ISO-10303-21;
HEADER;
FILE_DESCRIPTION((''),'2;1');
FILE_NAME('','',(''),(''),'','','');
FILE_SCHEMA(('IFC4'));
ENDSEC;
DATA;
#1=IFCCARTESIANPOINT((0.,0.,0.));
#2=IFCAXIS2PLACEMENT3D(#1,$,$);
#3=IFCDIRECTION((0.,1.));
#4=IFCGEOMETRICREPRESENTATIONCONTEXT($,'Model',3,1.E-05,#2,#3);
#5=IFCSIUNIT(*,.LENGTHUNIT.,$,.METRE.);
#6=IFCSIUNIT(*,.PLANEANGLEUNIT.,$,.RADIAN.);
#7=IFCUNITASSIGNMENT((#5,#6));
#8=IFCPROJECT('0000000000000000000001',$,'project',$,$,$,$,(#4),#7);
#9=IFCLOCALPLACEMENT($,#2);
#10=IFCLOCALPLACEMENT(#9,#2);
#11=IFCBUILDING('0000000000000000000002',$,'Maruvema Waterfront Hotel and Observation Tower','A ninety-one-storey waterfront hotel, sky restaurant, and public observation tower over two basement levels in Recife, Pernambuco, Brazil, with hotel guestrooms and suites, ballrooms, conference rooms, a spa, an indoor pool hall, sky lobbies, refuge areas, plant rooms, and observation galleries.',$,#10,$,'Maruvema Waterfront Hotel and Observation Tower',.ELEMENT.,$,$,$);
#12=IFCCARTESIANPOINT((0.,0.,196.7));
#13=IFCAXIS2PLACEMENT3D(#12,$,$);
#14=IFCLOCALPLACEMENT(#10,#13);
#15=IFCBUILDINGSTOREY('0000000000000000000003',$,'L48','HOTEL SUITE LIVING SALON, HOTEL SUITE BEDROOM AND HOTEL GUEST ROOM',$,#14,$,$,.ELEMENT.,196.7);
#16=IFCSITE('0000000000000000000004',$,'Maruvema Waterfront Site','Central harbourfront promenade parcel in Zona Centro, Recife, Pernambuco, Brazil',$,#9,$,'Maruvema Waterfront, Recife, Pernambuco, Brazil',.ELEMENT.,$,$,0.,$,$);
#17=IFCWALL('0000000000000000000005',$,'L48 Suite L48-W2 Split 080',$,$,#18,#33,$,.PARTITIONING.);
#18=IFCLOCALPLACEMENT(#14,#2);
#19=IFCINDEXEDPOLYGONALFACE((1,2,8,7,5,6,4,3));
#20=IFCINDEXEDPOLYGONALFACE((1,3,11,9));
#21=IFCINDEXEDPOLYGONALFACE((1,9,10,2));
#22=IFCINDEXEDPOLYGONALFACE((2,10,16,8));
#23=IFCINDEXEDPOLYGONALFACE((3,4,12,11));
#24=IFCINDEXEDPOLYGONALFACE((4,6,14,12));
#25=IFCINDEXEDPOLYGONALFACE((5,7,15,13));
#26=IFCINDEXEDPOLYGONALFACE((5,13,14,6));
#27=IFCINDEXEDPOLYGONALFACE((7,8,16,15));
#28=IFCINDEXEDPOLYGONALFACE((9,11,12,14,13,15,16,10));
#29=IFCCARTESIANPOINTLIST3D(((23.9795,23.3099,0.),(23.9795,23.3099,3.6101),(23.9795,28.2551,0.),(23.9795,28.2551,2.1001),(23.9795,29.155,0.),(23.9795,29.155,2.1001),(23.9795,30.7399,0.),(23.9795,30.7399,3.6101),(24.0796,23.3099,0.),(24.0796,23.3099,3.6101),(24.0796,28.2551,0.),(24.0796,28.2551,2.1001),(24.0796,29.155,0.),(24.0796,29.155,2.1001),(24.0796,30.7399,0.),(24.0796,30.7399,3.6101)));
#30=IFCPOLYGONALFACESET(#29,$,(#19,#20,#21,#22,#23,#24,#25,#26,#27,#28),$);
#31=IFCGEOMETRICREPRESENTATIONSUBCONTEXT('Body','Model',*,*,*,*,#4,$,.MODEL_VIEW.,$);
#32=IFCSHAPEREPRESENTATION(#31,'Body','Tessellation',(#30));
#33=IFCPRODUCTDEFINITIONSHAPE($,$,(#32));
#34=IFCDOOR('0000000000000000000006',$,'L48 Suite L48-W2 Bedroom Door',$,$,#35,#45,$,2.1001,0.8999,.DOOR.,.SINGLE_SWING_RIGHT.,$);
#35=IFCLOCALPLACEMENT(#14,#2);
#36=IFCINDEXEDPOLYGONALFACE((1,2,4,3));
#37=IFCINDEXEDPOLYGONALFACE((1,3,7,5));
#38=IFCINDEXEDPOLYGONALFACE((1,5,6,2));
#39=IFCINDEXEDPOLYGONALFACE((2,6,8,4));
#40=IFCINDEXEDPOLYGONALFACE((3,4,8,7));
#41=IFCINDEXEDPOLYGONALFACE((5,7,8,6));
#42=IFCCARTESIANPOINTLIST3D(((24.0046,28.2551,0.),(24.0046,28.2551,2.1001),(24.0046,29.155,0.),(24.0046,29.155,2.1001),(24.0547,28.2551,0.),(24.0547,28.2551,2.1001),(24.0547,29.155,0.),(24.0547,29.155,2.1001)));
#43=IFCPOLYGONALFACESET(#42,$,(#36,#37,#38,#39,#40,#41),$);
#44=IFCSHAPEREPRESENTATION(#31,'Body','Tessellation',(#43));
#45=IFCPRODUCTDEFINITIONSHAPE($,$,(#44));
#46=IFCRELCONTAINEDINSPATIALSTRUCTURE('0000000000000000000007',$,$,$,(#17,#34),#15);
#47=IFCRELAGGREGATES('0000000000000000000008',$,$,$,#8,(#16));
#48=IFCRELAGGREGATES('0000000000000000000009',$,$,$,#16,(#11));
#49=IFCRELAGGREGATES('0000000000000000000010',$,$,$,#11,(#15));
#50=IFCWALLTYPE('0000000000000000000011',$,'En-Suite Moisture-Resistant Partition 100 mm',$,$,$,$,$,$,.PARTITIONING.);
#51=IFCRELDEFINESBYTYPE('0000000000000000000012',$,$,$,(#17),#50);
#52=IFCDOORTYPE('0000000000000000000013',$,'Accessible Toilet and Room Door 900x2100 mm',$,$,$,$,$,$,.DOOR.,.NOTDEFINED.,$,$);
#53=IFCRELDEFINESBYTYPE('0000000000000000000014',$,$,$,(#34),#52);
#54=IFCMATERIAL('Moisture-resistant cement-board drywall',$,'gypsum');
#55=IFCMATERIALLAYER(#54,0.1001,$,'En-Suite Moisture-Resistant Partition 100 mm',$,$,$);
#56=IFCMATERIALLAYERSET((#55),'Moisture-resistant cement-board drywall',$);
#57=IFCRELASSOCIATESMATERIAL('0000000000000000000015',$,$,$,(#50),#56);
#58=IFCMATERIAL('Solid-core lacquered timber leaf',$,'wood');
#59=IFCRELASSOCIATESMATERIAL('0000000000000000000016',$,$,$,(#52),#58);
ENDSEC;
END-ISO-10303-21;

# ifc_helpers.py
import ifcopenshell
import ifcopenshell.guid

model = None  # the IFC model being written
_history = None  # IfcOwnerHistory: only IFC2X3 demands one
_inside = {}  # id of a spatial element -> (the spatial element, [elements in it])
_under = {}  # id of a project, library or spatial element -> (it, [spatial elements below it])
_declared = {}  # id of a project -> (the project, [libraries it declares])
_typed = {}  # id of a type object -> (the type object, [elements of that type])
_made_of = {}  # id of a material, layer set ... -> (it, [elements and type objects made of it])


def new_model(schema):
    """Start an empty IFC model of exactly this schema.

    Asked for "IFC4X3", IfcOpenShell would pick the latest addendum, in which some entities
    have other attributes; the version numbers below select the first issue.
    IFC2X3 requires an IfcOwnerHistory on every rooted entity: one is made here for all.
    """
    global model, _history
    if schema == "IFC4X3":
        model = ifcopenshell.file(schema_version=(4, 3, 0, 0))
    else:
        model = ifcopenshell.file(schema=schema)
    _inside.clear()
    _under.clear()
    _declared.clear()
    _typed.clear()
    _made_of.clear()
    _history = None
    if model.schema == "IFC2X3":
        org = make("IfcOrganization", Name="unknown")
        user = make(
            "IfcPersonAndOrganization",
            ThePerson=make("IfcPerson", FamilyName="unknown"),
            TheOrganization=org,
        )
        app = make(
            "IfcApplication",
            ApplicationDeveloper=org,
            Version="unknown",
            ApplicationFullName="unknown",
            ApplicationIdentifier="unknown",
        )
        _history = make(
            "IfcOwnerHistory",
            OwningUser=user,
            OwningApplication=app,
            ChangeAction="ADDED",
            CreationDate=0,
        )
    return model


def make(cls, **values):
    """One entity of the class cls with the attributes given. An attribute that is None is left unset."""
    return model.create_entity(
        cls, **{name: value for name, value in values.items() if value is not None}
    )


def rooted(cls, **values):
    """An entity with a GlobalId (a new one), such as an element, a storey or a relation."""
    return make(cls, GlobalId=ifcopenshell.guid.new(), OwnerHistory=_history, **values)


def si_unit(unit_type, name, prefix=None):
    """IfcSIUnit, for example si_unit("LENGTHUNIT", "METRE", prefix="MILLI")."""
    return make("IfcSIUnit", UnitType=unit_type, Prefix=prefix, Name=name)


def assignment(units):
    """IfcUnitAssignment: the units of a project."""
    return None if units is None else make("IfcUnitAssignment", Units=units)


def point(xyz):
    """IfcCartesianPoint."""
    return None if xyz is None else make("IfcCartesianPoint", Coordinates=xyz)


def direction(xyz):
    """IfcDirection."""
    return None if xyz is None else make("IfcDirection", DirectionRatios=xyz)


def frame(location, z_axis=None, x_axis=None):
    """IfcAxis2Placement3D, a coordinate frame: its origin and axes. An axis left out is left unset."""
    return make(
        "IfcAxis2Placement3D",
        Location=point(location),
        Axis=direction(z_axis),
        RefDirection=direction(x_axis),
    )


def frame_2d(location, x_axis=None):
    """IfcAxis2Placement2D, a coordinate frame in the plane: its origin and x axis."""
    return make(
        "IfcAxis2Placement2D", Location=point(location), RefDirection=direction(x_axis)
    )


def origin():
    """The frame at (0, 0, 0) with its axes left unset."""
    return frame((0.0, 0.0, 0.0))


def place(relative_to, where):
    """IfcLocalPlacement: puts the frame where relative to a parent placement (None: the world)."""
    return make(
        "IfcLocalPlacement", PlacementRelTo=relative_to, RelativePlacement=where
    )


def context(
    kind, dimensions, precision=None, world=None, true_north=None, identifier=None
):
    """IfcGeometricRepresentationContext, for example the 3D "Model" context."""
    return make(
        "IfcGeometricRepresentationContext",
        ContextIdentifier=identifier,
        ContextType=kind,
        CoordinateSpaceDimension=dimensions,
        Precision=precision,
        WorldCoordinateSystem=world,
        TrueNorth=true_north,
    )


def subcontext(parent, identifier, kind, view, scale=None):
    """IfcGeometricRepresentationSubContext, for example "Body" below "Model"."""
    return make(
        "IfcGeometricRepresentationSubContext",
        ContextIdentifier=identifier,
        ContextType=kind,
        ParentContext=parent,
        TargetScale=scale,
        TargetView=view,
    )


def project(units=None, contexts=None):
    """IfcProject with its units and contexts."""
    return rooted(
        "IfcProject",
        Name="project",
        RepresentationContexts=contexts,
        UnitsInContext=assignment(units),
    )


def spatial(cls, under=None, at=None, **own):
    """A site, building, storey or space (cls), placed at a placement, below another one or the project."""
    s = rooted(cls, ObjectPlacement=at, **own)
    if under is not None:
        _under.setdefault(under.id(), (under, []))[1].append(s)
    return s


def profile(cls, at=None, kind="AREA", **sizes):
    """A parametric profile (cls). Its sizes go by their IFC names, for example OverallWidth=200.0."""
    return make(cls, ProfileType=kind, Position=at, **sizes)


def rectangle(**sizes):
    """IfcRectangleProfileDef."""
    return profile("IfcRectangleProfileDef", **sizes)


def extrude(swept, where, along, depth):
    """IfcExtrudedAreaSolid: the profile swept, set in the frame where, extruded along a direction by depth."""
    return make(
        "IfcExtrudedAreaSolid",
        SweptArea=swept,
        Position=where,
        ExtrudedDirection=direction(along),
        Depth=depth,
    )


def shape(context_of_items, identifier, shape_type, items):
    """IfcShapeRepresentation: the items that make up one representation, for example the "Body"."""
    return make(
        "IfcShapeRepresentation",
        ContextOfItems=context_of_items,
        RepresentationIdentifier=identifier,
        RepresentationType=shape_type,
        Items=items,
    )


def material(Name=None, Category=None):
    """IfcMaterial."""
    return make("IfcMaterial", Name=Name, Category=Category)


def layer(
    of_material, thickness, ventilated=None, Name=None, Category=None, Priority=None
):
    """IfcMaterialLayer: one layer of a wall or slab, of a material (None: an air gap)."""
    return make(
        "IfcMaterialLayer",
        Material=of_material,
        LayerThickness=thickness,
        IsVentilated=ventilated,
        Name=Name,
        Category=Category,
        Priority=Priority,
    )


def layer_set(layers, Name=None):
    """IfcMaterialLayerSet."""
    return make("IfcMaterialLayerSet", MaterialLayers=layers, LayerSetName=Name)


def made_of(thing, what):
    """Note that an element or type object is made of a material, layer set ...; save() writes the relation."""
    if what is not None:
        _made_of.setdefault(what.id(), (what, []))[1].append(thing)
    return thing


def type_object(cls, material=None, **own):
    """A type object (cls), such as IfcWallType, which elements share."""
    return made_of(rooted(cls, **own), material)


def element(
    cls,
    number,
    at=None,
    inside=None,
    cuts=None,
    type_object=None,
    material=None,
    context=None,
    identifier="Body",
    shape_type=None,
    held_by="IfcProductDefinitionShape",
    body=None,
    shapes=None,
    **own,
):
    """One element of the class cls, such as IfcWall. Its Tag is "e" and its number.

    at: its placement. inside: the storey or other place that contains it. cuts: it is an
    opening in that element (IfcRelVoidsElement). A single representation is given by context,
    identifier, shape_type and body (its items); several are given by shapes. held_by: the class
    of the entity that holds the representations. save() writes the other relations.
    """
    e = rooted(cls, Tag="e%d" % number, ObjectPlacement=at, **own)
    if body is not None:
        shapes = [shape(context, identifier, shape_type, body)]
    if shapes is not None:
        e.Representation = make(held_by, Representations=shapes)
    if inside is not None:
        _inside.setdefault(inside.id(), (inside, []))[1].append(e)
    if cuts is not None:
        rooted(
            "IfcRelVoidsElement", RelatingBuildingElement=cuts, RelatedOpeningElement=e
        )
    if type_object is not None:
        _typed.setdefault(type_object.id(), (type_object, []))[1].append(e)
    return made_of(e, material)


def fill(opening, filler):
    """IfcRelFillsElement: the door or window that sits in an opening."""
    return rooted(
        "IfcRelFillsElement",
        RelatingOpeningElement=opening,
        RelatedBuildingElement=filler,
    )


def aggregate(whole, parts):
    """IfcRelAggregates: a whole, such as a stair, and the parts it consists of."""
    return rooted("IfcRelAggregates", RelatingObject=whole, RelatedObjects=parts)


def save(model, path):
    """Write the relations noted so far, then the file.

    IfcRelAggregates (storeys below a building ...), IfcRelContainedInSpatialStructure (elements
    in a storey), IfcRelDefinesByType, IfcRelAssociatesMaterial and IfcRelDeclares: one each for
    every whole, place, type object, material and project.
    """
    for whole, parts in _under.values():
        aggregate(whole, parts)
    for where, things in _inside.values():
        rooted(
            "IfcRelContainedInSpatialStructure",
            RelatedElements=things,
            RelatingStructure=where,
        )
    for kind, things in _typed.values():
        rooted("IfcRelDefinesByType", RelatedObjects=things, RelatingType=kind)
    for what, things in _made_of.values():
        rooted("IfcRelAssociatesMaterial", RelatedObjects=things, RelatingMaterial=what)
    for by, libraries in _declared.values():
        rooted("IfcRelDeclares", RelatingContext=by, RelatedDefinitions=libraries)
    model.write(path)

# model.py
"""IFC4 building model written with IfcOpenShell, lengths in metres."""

from ifc_helpers import new_model, si_unit, direction, frame, frame_2d, origin, place, context, subcontext, project, spatial, rectangle, extrude, material, layer, layer_set, type_object, element, fill, save


model = new_model("IFC4")

# Units and contexts
model_context = context("Model", 3, precision=1e-05, world=origin(), true_north=direction((0.0, 1.0)))
body_context = subcontext(model_context, "Body", "Model", "MODEL_VIEW")
ifc_project = project(units=[si_unit("LENGTHUNIT", "METRE"), si_unit("PLANEANGLEUNIT", "RADIAN")], contexts=[model_context])

# Site, building, storey
site_placement = place(None, origin())
site = spatial("IfcSite", under=ifc_project, at=site_placement, Name="Maruvema Waterfront Site", Description="Central harbourfront promenade parcel in Zona Centro, Recife, Pernambuco, Brazil", LongName="Maruvema Waterfront, Recife, Pernambuco, Brazil", CompositionType="ELEMENT", RefElevation=0.0)
building_placement = place(site_placement, origin())
building = spatial("IfcBuilding", under=site, at=building_placement, Name="Maruvema Waterfront Hotel and Observation Tower", Description="A ninety-one-storey waterfront hotel, sky restaurant, and public observation tower over two basement levels in Recife, Pernambuco, Brazil, with hotel guestrooms and suites, ballrooms, conference rooms, a spa, an indoor pool hall, sky lobbies, refuge areas, plant rooms, and observation galleries.", LongName="Maruvema Waterfront Hotel and Observation Tower", CompositionType="ELEMENT")
storey_placement = place(building_placement, frame((0.0, 0.0, 196.7)))
storey = spatial("IfcBuildingStorey", under=building, at=storey_placement, Name="L48", Description="HOTEL SUITE LIVING SALON, HOTEL SUITE BEDROOM AND HOTEL GUEST ROOM", CompositionType="ELEMENT", Elevation=196.7)

# Shared definitions
ifc_material_1 = material(Name="Moisture-resistant cement-board drywall", Category="gypsum")
ifc_layer_1 = layer(ifc_material_1, 0.1001, Name="En-Suite Moisture-Resistant Partition 100 mm")
ifc_layer_set_1 = layer_set([ifc_layer_1], Name="Moisture-resistant cement-board drywall")
wall_type = type_object("IfcWallType", Name="En-Suite Moisture-Resistant Partition 100 mm", PredefinedType="PARTITIONING", material=ifc_layer_set_1)

# Wall, opening, door
wall_1_placement = place(storey_placement, frame((24.0295, 23.3101, 0.0), z_axis=(0.0, 0.0, 1.0), x_axis=(0.0, 1.0, 0.0)))
wall_1 = element("IfcWall", 1, at=wall_1_placement, inside=storey, type_object=wall_type, Name="L48 Suite L48-W2 Split 080", PredefinedType="PARTITIONING", context=body_context, shape_type="SweptSolid", body=[
    extrude(rectangle(XDim=7.4299, YDim=0.1001, at=frame_2d((3.7148, 0.0))), origin(), (0.0, 0.0, 1.0), 3.6101),
])
opening_1_placement = place(wall_1_placement, frame((4.9451, 0.0, 0.0)))
opening_1 = element("IfcOpeningElement", 2, at=opening_1_placement, cuts=wall_1, PredefinedType="OPENING", context=body_context, shape_type="SweptSolid", body=[
    extrude(rectangle(XDim=0.8999, YDim=2.1001, at=frame_2d((0.45, 1.05))), frame((0.0, 0.0601, 0.0), z_axis=(0.0, -1.0, 0.0), x_axis=(1.0, 0.0, 0.0)), (0.0, 0.0, 1.0), 0.1201),
])
ifc_material_2 = material(Name="Solid-core lacquered timber leaf", Category="wood")
door_type_1 = type_object("IfcDoorType", Name="Accessible Toilet and Room Door 900x2100 mm", OperationType="NOTDEFINED", PredefinedType="DOOR", material=ifc_material_2)
door_1_placement = place(opening_1_placement, origin())
door_1 = element("IfcDoor", 3, at=door_1_placement, inside=storey, type_object=door_type_1, Name="L48 Suite L48-W2 Bedroom Door", OperationType="SINGLE_SWING_RIGHT", OverallHeight=2.1001, OverallWidth=0.8999, PredefinedType="DOOR", context=body_context, shape_type="SweptSolid", body=[
    extrude(rectangle(XDim=0.8999, YDim=2.1001, at=frame_2d((0.45, 1.05))), frame((0.0, 0.0249, 0.0), z_axis=(0.0, -1.0, 0.0), x_axis=(1.0, 0.0, 0.0)), (0.0, 0.0, 1.0), 0.05),
])
fill(opening_1, door_1)

save(model, "model.ifc")
